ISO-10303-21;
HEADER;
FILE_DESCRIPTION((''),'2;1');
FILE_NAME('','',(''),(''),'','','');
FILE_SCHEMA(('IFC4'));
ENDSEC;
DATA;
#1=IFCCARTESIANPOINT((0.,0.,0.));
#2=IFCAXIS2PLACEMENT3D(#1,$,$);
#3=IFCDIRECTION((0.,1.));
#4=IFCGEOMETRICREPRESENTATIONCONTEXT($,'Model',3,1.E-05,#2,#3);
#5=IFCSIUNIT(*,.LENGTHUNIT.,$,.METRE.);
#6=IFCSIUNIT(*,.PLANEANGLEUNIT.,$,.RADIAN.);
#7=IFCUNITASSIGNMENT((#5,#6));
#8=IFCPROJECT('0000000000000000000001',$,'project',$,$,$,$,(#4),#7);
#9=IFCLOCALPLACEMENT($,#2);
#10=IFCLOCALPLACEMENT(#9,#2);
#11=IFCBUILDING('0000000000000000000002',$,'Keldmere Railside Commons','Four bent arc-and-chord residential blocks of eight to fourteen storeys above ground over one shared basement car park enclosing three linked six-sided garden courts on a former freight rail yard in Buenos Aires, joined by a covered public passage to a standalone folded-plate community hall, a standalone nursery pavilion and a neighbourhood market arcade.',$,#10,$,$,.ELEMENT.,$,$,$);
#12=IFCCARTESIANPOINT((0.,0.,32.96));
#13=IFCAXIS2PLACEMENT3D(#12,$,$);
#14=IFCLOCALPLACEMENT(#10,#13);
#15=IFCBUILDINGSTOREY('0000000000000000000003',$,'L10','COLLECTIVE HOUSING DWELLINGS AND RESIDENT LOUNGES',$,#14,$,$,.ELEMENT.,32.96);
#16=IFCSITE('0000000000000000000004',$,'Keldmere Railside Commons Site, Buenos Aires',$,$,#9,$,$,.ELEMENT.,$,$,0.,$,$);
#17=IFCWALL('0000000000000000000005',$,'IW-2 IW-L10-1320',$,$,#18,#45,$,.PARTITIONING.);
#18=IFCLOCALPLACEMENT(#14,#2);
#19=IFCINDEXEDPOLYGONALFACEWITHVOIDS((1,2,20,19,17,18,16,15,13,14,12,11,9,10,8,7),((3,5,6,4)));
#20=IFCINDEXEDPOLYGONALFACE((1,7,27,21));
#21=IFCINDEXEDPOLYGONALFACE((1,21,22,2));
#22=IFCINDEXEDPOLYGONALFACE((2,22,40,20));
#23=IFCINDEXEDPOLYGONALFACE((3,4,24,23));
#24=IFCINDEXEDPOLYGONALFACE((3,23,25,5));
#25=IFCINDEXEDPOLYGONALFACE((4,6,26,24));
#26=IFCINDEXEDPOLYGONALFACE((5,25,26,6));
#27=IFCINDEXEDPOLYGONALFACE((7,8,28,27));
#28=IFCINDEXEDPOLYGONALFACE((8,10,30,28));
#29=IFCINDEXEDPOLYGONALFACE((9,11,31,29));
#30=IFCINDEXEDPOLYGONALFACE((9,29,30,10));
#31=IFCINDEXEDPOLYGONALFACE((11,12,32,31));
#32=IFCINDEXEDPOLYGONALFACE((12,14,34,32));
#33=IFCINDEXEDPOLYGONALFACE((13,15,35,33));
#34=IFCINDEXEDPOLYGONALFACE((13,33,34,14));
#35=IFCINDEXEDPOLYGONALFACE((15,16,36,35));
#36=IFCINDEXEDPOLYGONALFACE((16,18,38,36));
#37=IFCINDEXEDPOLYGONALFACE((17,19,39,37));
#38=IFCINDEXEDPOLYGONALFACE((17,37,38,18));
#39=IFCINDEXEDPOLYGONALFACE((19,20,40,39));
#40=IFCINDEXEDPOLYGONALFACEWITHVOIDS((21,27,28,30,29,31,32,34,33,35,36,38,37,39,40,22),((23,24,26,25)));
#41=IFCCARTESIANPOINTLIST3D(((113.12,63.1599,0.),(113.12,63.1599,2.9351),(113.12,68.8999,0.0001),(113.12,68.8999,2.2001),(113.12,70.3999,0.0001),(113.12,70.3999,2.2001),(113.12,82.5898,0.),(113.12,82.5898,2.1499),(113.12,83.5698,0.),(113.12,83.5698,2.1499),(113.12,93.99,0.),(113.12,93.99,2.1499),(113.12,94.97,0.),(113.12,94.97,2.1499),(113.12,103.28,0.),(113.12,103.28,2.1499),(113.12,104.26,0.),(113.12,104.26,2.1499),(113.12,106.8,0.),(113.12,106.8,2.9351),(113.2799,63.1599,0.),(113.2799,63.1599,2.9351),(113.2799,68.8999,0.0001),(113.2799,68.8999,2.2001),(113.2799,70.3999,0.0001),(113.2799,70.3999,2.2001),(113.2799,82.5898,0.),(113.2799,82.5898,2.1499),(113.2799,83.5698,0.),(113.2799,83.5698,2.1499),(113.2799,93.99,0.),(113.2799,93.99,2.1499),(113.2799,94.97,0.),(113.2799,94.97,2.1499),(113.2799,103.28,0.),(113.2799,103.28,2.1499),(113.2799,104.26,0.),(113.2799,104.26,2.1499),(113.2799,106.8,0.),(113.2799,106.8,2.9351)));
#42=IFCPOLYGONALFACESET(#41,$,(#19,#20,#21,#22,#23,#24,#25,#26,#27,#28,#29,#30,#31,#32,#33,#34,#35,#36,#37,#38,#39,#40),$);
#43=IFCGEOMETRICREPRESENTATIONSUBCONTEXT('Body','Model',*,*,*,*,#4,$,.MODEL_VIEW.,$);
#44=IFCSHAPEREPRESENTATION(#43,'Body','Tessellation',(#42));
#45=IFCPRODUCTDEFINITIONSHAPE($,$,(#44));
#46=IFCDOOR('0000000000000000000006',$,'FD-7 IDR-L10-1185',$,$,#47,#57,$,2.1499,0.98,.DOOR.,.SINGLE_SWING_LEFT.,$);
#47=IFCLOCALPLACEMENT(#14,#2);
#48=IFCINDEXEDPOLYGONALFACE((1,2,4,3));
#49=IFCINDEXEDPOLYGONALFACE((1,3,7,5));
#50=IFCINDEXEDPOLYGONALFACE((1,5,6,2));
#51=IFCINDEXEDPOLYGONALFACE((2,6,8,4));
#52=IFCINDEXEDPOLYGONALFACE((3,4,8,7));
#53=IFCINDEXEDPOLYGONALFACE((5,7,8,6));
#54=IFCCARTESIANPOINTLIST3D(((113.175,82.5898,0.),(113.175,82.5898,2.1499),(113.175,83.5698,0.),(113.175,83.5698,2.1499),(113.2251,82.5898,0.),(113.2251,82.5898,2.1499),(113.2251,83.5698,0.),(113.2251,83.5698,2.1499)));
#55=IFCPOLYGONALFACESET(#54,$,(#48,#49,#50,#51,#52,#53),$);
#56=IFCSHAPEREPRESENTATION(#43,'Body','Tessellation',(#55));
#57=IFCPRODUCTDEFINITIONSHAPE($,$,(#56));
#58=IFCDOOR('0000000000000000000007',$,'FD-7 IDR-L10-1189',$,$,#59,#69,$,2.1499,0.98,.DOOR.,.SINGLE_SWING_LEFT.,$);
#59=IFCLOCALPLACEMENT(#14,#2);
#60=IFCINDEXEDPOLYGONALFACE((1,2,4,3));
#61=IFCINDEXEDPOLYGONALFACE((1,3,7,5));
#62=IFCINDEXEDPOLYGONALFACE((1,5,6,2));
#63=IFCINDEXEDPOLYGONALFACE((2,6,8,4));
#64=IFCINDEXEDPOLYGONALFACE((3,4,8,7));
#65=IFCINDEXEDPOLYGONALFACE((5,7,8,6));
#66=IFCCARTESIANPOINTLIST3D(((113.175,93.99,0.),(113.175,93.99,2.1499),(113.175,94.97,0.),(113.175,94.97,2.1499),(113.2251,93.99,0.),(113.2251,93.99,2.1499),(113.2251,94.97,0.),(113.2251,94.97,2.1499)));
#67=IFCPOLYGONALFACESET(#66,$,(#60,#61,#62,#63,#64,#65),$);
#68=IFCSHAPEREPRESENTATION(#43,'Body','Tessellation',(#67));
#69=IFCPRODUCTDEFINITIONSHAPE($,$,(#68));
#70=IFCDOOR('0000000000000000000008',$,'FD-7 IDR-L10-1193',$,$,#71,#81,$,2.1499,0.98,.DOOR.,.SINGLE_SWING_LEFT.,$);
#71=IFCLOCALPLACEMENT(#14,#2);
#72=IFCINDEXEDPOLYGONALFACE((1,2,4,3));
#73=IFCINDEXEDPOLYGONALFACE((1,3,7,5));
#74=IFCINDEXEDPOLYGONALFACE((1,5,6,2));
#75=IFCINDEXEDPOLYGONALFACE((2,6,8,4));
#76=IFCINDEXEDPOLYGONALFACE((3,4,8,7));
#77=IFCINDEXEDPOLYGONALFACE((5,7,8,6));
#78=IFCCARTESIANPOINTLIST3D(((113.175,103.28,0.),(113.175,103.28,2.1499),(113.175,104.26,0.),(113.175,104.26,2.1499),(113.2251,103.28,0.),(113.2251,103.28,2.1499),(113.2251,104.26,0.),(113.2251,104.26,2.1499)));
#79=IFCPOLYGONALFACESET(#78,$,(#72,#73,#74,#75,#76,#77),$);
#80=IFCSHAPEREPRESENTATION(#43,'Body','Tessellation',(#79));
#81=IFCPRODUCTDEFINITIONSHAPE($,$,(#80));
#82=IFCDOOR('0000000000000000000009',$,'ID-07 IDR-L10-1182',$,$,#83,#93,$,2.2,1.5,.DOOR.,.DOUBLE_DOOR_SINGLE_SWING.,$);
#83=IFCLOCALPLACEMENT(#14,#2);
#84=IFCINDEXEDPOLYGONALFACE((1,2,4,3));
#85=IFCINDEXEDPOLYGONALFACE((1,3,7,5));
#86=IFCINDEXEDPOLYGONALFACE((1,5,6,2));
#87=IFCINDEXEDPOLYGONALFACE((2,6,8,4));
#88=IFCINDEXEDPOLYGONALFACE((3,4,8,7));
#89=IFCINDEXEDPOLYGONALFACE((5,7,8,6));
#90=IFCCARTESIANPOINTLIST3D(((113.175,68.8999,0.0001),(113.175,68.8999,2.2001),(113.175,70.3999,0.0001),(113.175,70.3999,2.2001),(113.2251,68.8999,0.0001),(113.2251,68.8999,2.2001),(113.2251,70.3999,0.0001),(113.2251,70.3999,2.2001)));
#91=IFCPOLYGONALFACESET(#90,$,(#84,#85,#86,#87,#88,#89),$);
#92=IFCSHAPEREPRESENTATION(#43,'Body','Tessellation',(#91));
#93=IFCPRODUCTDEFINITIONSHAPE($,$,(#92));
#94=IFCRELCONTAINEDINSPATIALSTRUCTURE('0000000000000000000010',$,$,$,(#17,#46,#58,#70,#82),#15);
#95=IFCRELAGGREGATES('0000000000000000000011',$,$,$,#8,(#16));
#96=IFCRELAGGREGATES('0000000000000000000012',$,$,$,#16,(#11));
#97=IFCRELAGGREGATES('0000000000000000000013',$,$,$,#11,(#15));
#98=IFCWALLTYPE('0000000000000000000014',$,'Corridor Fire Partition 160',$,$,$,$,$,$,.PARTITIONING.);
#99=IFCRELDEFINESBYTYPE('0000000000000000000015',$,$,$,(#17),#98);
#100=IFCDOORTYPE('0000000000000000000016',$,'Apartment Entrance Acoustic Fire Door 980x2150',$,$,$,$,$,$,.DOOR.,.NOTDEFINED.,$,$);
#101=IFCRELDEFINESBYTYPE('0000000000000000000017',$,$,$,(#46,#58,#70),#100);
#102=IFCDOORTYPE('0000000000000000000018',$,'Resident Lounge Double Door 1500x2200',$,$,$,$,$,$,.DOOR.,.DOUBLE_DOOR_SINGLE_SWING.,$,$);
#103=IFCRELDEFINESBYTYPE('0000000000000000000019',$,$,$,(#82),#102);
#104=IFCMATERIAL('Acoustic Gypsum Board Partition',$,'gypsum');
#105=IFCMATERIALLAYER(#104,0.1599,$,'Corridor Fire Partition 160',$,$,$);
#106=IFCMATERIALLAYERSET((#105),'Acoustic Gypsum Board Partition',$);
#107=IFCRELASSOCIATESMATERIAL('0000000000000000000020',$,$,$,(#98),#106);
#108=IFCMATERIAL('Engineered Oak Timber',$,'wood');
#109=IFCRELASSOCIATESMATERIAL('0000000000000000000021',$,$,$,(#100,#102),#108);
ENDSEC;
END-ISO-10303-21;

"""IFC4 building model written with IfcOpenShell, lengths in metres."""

from ifc_helpers import new_model, si_unit, direction, frame, frame_2d, origin, place, context, subcontext, project, spatial, rectangle, extrude, material, layer, layer_set, type_object, element, fill, save


model = new_model("IFC4")

# Units and contexts
model_context = context("Model", 3, precision=1e-05, world=origin(), true_north=direction((0.0, 1.0)))
body_context = subcontext(model_context, "Body", "Model", "MODEL_VIEW")
ifc_project = project(units=[si_unit("LENGTHUNIT", "METRE"), si_unit("PLANEANGLEUNIT", "RADIAN")], contexts=[model_context])

# Site, building, storey
site_placement = place(None, origin())
site = spatial("IfcSite", under=ifc_project, at=site_placement, Name="Keldmere Railside Commons Site, Buenos Aires", CompositionType="ELEMENT", RefElevation=0.0)
building_placement = place(site_placement, origin())
building = spatial("IfcBuilding", under=site, at=building_placement, Name="Keldmere Railside Commons", Description="Four bent arc-and-chord residential blocks of eight to fourteen storeys above ground over one shared basement car park enclosing three linked six-sided garden courts on a former freight rail yard in Buenos Aires, joined by a covered public passage to a standalone folded-plate community hall, a standalone nursery pavilion and a neighbourhood market arcade.", CompositionType="ELEMENT")
storey_placement = place(building_placement, frame((0.0, 0.0, 32.96)))
storey = spatial("IfcBuildingStorey", under=building, at=storey_placement, Name="L10", Description="COLLECTIVE HOUSING DWELLINGS AND RESIDENT LOUNGES", CompositionType="ELEMENT", Elevation=32.96)

# Wall, openings, doors
ifc_material_1 = material(Name="Acoustic Gypsum Board Partition", Category="gypsum")
ifc_layer = layer(ifc_material_1, 0.1599, Name="Corridor Fire Partition 160")
ifc_layer_set = layer_set([ifc_layer], Name="Acoustic Gypsum Board Partition")
wall_type = type_object("IfcWallType", Name="Corridor Fire Partition 160", PredefinedType="PARTITIONING", material=ifc_layer_set)
ifc_material_2 = material(Name="Engineered Oak Timber", Category="wood")
door_type_1 = type_object("IfcDoorType", Name="Apartment Entrance Acoustic Fire Door 980x2150", OperationType="NOTDEFINED", PredefinedType="DOOR", material=ifc_material_2)
wall_1_placement = place(storey_placement, frame((113.2, 63.1599, 0.0), z_axis=(0.0, 0.0, 1.0), x_axis=(0.0, 1.0, 0.0)))
wall_1 = element("IfcWall", 1, at=wall_1_placement, inside=storey, type_object=wall_type, Name="IW-2 IW-L10-1320", PredefinedType="PARTITIONING", context=body_context, shape_type="SweptSolid", body=[
    extrude(rectangle(XDim=43.6401, YDim=0.1599, at=frame_2d((21.8201, 0.0))), origin(), (0.0, 0.0, 1.0), 2.9351),
])
opening_1_placement = place(wall_1_placement, frame((5.74, 0.0, 0.0)))
opening_1 = element("IfcOpeningElement", 2, at=opening_1_placement, cuts=wall_1, PredefinedType="OPENING", context=body_context, shape_type="SweptSolid", body=[
    extrude(rectangle(XDim=1.5, YDim=2.2, at=frame_2d((0.75, 1.1001))), frame((0.0, 0.0898, 0.0), z_axis=(0.0, -1.0, 0.0), x_axis=(1.0, 0.0, 0.0)), (0.0, 0.0, 1.0), 0.1799),
])
opening_2_placement = place(wall_1_placement, frame((19.4299, 0.0, 0.0)))
opening_2 = element("IfcOpeningElement", 3, at=opening_2_placement, cuts=wall_1, PredefinedType="OPENING", context=body_context, shape_type="SweptSolid", body=[
    extrude(rectangle(XDim=0.98, YDim=2.1499, at=frame_2d((0.49, 1.075))), frame((0.0, 0.0898, 0.0), z_axis=(0.0, -1.0, 0.0), x_axis=(1.0, 0.0, 0.0)), (0.0, 0.0, 1.0), 0.1799),
])
opening_3_placement = place(wall_1_placement, frame((30.8301, 0.0, 0.0)))
opening_3 = element("IfcOpeningElement", 4, at=opening_3_placement, cuts=wall_1, PredefinedType="OPENING", context=body_context, shape_type="SweptSolid", body=[
    extrude(rectangle(XDim=0.98, YDim=2.1499, at=frame_2d((0.49, 1.075))), frame((0.0, 0.0898, 0.0), z_axis=(0.0, -1.0, 0.0), x_axis=(1.0, 0.0, 0.0)), (0.0, 0.0, 1.0), 0.1799),
])
opening_4_placement = place(wall_1_placement, frame((40.1201, 0.0, 0.0)))
opening_4 = element("IfcOpeningElement", 5, at=opening_4_placement, cuts=wall_1, PredefinedType="OPENING", context=body_context, shape_type="SweptSolid", body=[
    extrude(rectangle(XDim=0.98, YDim=2.1499, at=frame_2d((0.49, 1.075))), frame((0.0, 0.0898, 0.0), z_axis=(0.0, -1.0, 0.0), x_axis=(1.0, 0.0, 0.0)), (0.0, 0.0, 1.0), 0.1799),
])
door_1_placement = place(opening_2_placement, origin())
door_1 = element("IfcDoor", 6, at=door_1_placement, inside=storey, type_object=door_type_1, Name="FD-7 IDR-L10-1185", OperationType="SINGLE_SWING_LEFT", OverallHeight=2.1499, OverallWidth=0.98, PredefinedType="DOOR", context=body_context, shape_type="SweptSolid", body=[
    extrude(rectangle(XDim=0.98, YDim=2.1499, at=frame_2d((0.49, 1.075))), frame((0.0, 0.0249, 0.0), z_axis=(0.0, -1.0, 0.0), x_axis=(1.0, 0.0, 0.0)), (0.0, 0.0, 1.0), 0.05),
])
fill(opening_2, door_1)
door_2_placement = place(opening_3_placement, origin())
door_2 = element("IfcDoor", 7, at=door_2_placement, inside=storey, type_object=door_type_1, Name="FD-7 IDR-L10-1189", OperationType="SINGLE_SWING_LEFT", OverallHeight=2.1499, OverallWidth=0.98, PredefinedType="DOOR", context=body_context, shape_type="SweptSolid", body=[
    extrude(rectangle(XDim=0.98, YDim=2.1499, at=frame_2d((0.49, 1.075))), frame((0.0, 0.0249, 0.0), z_axis=(0.0, -1.0, 0.0), x_axis=(1.0, 0.0, 0.0)), (0.0, 0.0, 1.0), 0.05),
])
fill(opening_3, door_2)
door_3_placement = place(opening_4_placement, origin())
door_3 = element("IfcDoor", 8, at=door_3_placement, inside=storey, type_object=door_type_1, Name="FD-7 IDR-L10-1193", OperationType="SINGLE_SWING_LEFT", OverallHeight=2.1499, OverallWidth=0.98, PredefinedType="DOOR", context=body_context, shape_type="SweptSolid", body=[
    extrude(rectangle(XDim=0.98, YDim=2.1499, at=frame_2d((0.49, 1.075))), frame((0.0, 0.0249, 0.0), z_axis=(0.0, -1.0, 0.0), x_axis=(1.0, 0.0, 0.0)), (0.0, 0.0, 1.0), 0.05),
])
fill(opening_4, door_3)
door_type_2 = type_object("IfcDoorType", Name="Resident Lounge Double Door 1500x2200", OperationType="DOUBLE_DOOR_SINGLE_SWING", PredefinedType="DOOR", material=ifc_material_2)
door_4_placement = place(opening_1_placement, origin())
door_4 = element("IfcDoor", 9, at=door_4_placement, inside=storey, type_object=door_type_2, Name="ID-07 IDR-L10-1182", OperationType="DOUBLE_DOOR_SINGLE_SWING", OverallHeight=2.2, OverallWidth=1.5, PredefinedType="DOOR", context=body_context, shape_type="SweptSolid", body=[
    extrude(rectangle(XDim=1.5, YDim=2.2, at=frame_2d((0.75, 1.1001))), frame((0.0, 0.0249, 0.0), z_axis=(0.0, -1.0, 0.0), x_axis=(1.0, 0.0, 0.0)), (0.0, 0.0, 1.0), 0.05),
])
fill(opening_1, door_4)

save(model, "model.ifc")
